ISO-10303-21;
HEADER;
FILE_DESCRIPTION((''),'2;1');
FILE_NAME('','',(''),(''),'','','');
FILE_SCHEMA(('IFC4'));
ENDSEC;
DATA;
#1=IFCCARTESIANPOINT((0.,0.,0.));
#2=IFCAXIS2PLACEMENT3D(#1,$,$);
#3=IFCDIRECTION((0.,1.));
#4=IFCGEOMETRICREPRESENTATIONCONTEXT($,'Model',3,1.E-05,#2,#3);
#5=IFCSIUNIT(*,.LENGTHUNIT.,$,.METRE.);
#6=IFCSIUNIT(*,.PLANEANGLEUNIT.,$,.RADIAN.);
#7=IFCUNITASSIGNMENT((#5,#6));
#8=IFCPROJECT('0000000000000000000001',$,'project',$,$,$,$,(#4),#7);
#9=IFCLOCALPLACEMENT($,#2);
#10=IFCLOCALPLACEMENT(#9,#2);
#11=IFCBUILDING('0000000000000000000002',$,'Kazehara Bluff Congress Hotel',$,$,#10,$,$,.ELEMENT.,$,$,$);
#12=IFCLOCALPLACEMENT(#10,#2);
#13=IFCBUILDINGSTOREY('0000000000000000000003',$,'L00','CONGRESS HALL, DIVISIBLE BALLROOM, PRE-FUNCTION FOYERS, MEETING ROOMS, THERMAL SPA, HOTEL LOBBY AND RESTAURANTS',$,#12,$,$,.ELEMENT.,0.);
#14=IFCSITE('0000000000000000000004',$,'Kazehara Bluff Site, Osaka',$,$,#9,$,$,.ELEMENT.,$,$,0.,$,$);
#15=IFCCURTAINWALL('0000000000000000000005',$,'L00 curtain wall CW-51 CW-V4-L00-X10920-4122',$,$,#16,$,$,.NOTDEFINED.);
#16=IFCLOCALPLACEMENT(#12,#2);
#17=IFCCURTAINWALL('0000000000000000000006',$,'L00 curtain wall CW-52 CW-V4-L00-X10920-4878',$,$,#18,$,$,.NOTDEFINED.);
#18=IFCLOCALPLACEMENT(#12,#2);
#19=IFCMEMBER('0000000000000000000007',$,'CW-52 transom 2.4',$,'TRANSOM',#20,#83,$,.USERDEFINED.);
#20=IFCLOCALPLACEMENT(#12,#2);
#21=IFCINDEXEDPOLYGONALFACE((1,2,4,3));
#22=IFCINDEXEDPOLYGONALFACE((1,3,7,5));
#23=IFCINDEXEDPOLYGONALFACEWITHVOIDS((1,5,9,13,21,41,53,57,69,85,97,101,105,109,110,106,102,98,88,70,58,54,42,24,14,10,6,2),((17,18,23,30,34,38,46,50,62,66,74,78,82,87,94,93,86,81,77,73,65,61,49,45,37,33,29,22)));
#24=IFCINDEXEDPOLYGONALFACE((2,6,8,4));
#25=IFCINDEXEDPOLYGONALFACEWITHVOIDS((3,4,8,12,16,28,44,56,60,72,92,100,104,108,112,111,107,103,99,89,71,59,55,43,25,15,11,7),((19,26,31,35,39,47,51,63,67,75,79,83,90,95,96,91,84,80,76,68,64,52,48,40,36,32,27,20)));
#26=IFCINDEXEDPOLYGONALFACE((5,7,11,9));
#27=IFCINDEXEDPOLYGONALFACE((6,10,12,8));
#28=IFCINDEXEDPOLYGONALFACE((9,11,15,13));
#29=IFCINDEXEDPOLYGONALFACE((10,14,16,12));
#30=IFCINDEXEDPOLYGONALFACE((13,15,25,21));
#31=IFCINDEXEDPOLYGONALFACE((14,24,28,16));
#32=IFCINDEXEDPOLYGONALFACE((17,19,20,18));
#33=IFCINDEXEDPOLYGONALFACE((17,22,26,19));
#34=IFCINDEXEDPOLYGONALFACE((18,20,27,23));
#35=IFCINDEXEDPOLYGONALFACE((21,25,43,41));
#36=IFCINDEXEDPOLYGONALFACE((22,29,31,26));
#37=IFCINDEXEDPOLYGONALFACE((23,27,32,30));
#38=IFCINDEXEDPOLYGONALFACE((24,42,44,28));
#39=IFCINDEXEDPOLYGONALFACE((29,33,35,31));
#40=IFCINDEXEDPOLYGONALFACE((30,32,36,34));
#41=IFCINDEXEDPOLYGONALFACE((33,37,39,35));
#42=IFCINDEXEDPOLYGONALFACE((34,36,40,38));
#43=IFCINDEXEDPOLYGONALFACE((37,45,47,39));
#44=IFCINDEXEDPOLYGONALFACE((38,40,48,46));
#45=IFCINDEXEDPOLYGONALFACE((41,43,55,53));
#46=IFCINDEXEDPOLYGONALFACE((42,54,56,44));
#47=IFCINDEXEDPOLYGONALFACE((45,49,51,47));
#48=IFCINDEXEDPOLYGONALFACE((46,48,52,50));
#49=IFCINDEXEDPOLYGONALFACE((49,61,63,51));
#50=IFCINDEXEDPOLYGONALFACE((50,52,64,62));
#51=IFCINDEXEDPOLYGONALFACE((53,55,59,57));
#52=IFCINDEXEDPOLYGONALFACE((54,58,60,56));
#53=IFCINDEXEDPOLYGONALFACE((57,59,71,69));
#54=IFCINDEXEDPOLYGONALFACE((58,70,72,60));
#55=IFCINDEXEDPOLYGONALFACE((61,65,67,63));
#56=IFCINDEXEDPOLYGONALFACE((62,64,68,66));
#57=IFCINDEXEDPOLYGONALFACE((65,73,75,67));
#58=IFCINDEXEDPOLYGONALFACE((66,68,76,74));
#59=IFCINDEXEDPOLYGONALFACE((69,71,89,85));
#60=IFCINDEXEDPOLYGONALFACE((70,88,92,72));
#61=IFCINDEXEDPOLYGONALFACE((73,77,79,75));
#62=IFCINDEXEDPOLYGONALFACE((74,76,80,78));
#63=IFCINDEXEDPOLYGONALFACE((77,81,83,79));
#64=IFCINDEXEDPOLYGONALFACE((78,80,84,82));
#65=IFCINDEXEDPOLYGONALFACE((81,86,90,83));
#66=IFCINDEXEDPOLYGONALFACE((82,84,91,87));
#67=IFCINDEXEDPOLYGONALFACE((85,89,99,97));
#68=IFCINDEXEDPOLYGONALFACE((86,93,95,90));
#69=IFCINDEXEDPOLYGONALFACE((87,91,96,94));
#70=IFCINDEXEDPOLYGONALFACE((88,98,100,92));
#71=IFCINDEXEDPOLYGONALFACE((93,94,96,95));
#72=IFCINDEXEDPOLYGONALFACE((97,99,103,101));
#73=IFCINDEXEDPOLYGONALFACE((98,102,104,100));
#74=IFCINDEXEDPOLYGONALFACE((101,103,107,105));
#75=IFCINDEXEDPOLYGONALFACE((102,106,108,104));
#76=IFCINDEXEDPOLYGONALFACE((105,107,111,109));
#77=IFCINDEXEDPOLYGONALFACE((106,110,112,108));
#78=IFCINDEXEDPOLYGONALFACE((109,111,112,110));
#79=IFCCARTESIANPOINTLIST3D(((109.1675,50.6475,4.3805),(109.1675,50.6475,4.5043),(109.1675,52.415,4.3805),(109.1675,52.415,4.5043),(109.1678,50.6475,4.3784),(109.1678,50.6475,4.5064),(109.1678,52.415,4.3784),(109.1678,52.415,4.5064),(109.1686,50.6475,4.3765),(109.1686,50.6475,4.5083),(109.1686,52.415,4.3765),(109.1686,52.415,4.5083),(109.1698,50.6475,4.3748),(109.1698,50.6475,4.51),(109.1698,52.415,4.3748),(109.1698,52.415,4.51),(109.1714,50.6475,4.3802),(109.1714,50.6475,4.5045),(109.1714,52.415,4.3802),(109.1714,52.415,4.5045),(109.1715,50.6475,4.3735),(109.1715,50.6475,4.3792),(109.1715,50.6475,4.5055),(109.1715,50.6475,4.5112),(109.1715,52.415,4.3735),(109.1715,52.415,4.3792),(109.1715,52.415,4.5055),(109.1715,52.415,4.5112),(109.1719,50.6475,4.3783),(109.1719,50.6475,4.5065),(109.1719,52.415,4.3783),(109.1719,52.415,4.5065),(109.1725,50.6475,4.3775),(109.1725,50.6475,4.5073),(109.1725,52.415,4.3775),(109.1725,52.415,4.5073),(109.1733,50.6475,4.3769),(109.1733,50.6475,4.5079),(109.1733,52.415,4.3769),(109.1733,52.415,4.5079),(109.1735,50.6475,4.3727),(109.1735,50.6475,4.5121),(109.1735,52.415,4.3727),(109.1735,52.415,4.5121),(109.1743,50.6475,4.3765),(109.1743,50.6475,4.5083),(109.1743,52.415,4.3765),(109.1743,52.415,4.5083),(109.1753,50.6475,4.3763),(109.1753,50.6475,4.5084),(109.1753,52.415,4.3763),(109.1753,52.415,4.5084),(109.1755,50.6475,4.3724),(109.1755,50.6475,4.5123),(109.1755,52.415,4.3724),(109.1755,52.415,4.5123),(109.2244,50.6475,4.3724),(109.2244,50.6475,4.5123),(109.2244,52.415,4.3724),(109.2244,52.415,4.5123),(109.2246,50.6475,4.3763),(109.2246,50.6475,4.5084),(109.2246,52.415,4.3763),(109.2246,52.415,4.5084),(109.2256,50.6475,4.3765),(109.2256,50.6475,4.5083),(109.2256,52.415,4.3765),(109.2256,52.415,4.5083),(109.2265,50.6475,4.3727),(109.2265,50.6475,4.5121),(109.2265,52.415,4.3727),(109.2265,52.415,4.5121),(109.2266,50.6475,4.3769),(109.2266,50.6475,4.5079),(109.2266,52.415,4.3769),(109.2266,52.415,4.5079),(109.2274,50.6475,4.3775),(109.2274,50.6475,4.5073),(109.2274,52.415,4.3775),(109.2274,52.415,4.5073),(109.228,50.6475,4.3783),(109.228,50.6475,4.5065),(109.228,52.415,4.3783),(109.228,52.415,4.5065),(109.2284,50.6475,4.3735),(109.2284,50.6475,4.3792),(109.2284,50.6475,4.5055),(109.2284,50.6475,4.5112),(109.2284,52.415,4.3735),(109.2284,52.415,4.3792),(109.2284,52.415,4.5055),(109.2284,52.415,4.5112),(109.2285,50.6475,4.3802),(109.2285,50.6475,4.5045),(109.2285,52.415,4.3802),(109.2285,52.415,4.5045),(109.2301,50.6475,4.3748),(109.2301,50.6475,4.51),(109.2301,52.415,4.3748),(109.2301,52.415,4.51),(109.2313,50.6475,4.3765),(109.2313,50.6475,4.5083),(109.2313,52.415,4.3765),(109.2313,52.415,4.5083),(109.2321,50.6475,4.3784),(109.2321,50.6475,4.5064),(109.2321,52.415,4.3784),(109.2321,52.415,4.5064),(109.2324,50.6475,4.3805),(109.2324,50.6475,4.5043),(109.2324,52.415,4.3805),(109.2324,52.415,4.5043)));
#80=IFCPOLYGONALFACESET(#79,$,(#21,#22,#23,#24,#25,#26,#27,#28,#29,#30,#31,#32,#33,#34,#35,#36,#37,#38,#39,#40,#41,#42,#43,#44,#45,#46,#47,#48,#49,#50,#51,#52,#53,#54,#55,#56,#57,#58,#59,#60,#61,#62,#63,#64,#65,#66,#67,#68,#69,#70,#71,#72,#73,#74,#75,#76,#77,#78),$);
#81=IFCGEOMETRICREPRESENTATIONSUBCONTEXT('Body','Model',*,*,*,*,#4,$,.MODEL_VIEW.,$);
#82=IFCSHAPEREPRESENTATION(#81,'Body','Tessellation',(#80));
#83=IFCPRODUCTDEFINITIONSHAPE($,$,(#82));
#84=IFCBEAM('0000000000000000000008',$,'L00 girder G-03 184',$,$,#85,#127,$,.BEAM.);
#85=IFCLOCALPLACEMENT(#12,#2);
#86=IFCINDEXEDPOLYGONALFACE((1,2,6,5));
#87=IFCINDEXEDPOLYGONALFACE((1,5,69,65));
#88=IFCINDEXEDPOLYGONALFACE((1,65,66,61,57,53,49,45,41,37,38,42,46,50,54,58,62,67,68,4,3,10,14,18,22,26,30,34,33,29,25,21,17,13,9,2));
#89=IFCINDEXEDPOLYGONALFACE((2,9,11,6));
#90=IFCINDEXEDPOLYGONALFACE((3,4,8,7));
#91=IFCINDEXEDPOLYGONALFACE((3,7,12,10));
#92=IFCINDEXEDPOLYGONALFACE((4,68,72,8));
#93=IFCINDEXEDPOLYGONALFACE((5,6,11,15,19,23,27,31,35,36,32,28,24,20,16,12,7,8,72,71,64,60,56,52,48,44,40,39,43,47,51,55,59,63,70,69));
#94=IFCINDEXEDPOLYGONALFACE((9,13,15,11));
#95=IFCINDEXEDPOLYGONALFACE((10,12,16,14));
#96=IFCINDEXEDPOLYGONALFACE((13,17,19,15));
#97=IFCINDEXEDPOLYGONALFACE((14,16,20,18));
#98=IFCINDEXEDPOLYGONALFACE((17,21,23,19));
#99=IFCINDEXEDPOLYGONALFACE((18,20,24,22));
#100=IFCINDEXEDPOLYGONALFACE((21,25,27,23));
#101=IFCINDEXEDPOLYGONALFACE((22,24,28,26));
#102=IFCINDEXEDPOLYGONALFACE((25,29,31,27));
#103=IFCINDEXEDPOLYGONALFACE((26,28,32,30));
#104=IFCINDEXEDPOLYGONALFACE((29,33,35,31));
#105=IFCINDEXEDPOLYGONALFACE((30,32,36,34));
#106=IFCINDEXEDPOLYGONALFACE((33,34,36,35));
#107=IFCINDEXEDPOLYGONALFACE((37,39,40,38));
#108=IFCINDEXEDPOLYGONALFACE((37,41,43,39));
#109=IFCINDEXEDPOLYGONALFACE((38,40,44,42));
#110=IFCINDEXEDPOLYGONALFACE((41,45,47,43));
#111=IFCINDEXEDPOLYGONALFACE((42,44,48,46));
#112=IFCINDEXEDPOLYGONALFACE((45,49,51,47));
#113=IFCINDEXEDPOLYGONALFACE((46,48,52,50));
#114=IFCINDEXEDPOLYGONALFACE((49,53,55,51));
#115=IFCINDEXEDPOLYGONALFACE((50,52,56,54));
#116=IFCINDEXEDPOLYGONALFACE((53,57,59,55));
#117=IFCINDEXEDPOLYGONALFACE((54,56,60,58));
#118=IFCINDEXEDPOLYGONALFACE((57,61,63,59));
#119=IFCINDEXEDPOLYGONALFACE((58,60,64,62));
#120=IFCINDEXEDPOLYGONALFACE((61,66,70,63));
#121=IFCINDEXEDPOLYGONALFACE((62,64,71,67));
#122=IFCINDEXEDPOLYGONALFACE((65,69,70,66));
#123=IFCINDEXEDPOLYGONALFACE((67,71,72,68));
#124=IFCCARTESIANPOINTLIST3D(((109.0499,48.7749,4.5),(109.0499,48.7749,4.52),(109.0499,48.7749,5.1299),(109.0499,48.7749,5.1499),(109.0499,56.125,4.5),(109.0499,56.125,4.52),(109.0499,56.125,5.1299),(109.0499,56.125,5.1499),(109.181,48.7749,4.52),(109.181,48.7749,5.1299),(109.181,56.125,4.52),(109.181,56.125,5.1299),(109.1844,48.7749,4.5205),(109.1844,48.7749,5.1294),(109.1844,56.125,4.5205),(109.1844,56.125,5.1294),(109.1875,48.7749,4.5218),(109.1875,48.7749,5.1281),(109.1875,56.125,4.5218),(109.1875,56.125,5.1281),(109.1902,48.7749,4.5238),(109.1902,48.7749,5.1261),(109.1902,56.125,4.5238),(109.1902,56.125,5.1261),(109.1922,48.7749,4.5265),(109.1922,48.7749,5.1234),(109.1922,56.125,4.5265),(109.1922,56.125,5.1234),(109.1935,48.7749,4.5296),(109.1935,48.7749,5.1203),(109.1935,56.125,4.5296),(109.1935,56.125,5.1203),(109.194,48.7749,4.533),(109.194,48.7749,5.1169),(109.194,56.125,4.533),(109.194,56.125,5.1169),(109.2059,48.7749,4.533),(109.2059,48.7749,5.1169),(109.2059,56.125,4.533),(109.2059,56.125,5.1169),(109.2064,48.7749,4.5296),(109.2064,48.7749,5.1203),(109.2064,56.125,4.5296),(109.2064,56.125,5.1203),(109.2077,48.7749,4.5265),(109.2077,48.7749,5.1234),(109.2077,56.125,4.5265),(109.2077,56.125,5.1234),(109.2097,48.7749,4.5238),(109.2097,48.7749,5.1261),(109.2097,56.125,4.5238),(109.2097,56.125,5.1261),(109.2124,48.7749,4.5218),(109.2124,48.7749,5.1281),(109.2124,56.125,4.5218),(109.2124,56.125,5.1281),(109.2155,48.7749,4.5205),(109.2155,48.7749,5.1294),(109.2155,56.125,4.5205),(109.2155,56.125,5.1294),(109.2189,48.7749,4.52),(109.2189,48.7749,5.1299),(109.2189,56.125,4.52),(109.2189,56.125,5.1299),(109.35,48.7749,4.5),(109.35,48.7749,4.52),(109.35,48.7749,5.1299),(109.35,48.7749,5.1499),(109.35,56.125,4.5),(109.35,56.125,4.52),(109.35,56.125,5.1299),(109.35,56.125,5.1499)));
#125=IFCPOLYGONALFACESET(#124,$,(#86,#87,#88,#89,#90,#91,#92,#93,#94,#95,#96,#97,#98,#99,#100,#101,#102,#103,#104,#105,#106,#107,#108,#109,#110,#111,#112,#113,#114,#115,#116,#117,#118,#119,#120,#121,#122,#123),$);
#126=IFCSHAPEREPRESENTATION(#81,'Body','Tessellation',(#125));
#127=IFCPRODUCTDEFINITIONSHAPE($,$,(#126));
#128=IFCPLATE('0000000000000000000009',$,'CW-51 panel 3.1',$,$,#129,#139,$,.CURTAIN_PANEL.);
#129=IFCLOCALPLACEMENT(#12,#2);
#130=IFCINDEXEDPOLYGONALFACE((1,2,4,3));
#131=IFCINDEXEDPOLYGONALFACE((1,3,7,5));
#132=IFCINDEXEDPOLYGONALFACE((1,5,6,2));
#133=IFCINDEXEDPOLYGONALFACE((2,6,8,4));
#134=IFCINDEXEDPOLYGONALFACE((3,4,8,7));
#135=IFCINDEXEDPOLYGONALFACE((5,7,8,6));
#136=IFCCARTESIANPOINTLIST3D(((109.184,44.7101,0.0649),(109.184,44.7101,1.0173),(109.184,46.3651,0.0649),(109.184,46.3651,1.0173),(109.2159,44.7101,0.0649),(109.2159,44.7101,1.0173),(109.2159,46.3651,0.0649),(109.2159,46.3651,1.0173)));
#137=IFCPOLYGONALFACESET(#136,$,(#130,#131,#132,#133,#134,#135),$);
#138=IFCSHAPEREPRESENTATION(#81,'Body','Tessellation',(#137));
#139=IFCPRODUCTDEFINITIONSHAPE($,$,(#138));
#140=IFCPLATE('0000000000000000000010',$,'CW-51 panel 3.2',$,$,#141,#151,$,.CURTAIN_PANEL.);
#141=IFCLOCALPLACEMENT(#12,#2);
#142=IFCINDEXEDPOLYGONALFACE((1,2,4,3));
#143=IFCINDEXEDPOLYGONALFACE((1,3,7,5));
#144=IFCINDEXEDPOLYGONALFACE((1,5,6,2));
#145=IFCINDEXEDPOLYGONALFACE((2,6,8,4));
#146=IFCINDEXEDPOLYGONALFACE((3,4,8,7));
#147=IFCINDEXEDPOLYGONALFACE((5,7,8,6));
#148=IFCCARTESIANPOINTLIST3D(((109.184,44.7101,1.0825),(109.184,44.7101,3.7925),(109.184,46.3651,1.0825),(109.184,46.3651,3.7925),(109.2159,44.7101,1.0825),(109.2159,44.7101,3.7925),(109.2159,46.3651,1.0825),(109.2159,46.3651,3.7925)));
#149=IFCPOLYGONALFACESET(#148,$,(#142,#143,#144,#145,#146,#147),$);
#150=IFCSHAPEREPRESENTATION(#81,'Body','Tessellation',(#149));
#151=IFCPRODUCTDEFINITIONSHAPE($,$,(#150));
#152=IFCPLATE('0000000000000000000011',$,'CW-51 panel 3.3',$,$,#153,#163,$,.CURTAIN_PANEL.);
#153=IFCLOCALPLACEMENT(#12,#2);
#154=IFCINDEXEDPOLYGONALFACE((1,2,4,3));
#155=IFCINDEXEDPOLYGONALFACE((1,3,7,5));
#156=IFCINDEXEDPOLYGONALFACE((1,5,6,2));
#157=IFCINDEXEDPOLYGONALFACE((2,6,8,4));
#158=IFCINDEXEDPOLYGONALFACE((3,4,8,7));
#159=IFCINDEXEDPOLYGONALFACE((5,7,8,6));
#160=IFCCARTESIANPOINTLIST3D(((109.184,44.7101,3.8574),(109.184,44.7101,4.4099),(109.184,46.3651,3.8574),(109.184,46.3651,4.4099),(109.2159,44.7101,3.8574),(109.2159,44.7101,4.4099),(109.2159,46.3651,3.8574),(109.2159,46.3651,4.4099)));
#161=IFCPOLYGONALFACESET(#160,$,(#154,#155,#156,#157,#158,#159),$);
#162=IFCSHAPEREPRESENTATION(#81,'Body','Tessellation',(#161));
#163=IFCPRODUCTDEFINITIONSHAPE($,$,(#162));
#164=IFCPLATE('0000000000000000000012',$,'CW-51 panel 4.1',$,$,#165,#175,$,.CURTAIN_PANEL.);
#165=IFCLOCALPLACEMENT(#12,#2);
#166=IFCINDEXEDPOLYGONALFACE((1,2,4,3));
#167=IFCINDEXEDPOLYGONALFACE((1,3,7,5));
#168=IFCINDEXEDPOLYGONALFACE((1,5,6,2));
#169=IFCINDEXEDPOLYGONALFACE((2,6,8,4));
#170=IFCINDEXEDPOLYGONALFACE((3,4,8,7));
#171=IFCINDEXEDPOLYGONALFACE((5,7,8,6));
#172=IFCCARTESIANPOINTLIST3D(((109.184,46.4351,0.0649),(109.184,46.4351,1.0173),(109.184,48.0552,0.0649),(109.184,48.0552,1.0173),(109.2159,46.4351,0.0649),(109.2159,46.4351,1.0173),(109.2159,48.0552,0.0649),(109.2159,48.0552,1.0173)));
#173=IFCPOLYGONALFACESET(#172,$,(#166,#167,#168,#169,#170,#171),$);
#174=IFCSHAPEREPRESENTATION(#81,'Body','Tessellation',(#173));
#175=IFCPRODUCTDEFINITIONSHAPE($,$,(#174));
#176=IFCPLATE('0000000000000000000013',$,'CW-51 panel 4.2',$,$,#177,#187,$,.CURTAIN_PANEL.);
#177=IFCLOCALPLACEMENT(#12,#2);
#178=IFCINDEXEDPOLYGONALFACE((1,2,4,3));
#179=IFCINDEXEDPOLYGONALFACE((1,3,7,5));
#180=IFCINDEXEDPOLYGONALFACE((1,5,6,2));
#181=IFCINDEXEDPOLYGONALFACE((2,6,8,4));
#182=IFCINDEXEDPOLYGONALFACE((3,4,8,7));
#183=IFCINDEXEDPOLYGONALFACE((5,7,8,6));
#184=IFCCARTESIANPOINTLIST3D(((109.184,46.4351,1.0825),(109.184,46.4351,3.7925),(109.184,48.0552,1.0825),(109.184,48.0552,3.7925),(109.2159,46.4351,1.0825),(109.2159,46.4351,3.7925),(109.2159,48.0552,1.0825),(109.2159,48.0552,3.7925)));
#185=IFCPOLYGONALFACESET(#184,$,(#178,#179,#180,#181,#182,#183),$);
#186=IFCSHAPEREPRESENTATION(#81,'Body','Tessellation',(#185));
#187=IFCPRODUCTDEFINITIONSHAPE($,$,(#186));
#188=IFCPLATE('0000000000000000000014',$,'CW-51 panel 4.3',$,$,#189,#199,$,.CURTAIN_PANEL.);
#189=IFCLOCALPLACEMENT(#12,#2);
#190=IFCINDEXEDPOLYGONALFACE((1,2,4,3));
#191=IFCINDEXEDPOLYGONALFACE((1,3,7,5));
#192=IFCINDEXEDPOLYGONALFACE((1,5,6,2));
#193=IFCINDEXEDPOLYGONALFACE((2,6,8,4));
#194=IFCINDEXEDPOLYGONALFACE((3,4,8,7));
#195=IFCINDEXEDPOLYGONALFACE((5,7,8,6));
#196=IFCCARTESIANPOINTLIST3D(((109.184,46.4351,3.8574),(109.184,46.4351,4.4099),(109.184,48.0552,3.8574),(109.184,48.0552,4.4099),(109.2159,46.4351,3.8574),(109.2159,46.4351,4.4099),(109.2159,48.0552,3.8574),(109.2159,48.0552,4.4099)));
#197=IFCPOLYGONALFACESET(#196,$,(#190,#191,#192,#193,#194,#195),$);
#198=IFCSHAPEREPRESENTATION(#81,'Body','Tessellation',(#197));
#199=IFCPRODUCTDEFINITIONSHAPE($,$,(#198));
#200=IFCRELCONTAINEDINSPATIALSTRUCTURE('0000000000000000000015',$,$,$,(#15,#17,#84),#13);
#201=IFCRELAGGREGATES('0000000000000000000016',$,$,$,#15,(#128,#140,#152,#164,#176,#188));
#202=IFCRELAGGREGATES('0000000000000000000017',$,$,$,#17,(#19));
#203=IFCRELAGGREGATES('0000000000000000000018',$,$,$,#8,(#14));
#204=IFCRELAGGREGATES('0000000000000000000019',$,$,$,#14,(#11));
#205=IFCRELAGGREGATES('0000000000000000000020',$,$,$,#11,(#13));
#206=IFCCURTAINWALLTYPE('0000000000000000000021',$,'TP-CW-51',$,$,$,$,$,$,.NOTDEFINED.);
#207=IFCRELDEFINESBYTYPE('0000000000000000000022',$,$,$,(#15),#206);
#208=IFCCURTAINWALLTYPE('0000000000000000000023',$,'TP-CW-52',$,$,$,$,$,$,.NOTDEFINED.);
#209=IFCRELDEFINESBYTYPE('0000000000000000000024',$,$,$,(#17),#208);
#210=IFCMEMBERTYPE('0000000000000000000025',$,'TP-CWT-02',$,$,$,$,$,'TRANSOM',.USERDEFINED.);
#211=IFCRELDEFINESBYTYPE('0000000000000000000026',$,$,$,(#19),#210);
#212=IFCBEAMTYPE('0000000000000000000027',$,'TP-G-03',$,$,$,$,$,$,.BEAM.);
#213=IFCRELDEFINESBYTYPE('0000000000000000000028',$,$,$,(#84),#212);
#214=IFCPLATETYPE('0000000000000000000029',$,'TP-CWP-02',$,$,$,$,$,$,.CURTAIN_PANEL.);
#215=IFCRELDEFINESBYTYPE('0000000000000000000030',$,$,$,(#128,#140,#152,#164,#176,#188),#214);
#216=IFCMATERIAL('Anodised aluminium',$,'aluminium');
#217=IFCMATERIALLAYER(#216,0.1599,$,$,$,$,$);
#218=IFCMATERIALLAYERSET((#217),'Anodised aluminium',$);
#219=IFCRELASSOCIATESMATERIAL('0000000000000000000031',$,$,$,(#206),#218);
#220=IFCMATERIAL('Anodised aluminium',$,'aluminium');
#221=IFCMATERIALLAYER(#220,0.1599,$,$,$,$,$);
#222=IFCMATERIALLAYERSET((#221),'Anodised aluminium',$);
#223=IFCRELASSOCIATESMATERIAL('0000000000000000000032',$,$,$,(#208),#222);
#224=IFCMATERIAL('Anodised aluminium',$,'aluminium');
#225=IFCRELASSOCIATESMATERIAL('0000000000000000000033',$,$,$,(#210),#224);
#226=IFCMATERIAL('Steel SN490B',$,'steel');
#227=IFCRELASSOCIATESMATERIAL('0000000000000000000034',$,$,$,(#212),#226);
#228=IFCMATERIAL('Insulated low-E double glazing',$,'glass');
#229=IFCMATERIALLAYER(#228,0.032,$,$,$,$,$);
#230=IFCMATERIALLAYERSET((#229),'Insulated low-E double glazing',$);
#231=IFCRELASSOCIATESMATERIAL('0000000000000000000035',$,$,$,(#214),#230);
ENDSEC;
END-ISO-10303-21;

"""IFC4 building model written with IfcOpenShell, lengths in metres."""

from ifc_helpers import new_model, si_unit, direction, frame, origin, origin_2d, place, context, subcontext, project, spatial, rectangle, hollow_rectangle, i_section, extrude, material, layer, layer_set, material_profile, profile_set, type_object, element, aggregate, save


model = new_model("IFC4")

# Units and contexts
model_context = context("Model", 3, precision=1e-05, world=origin(), true_north=direction((0.0, 1.0)))
body_context = subcontext(model_context, "Body", "Model", "MODEL_VIEW")
ifc_project = project(units=[si_unit("LENGTHUNIT", "METRE"), si_unit("PLANEANGLEUNIT", "RADIAN")], contexts=[model_context])

# Site, building, storey
site_placement = place(None, origin())
site = spatial("IfcSite", under=ifc_project, at=site_placement, Name="Kazehara Bluff Site, Osaka", CompositionType="ELEMENT", RefElevation=0.0)
building_placement = place(site_placement, origin())
building = spatial("IfcBuilding", under=site, at=building_placement, Name="Kazehara Bluff Congress Hotel", CompositionType="ELEMENT")
storey_placement = place(building_placement, origin())
storey = spatial("IfcBuildingStorey", under=building, at=storey_placement, Name="L00", Description="CONGRESS HALL, DIVISIBLE BALLROOM, PRE-FUNCTION FOYERS, MEETING ROOMS, THERMAL SPA, HOTEL LOBBY AND RESTAURANTS", CompositionType="ELEMENT", Elevation=0.0)

# Curtain walls
ifc_material_1 = material(Name="Anodised aluminium", Category="aluminium")
ifc_layer_1 = layer(ifc_material_1, 0.1599)
ifc_layer_set_1 = layer_set([ifc_layer_1], Name="Anodised aluminium")
curtain_wall_type_1 = type_object("IfcCurtainWallType", Name="TP-CW-51", PredefinedType="NOTDEFINED", material=ifc_layer_set_1)
curtain_wall_1_placement = place(storey_placement, origin())
curtain_wall_1 = element("IfcCurtainWall", 1, at=curtain_wall_1_placement, inside=storey, type_object=curtain_wall_type_1, Name="L00 curtain wall CW-51 CW-V4-L00-X10920-4122", PredefinedType="NOTDEFINED")
ifc_material_2 = material(Name="Anodised aluminium", Category="aluminium")
ifc_layer_2 = layer(ifc_material_2, 0.1599)
ifc_layer_set_2 = layer_set([ifc_layer_2], Name="Anodised aluminium")
curtain_wall_type_2 = type_object("IfcCurtainWallType", Name="TP-CW-52", PredefinedType="NOTDEFINED", material=ifc_layer_set_2)
curtain_wall_2_placement = place(storey_placement, origin())
curtain_wall_2 = element("IfcCurtainWall", 2, at=curtain_wall_2_placement, inside=storey, type_object=curtain_wall_type_2, Name="L00 curtain wall CW-52 CW-V4-L00-X10920-4878", PredefinedType="NOTDEFINED")

# Member
ifc_material_3 = material(Name="Anodised aluminium", Category="aluminium")
ifc_material_profile_1 = material_profile(ifc_material_3, hollow_rectangle(XDim=0.0649, YDim=0.1399, WallThickness=0.0039, InnerFilletRadius=0.0039, OuterFilletRadius=0.0081, at=origin_2d()))
ifc_profile_set_1 = profile_set([ifc_material_profile_1], Name="Anodised aluminium")
member_type_1 = type_object("IfcMemberType", Name="TP-CWT-02", ElementType="TRANSOM", PredefinedType="USERDEFINED", material=ifc_profile_set_1)
member_1_placement = place(storey_placement, frame((109.2, 50.6475, 4.4424), z_axis=(0.0, 1.0, 0.0), x_axis=(-1.0, 0.0, 0.0)))
member_1 = element("IfcMember", 3, at=member_1_placement, type_object=member_type_1, Name="CW-52 transom 2.4", ObjectType="TRANSOM", PredefinedType="USERDEFINED", context=body_context, shape_type="SweptSolid", body=[
    extrude(hollow_rectangle(XDim=0.0649, YDim=0.1399, WallThickness=0.0039, InnerFilletRadius=0.0039, OuterFilletRadius=0.0081, at=origin_2d()), origin(), (0.0, 0.0, 1.0), 1.7676),
])

# Beam
ifc_material_4 = material(Name="Steel SN490B", Category="steel")
ifc_material_profile_2 = material_profile(ifc_material_4, i_section(OverallWidth=0.3, OverallDepth=0.6499, WebThickness=0.012, FlangeThickness=0.02, FilletRadius=0.0129, at=origin_2d()))
ifc_profile_set_2 = profile_set([ifc_material_profile_2], Name="Steel SN490B")
beam_type = type_object("IfcBeamType", Name="TP-G-03", PredefinedType="BEAM", material=ifc_profile_set_2)
beam_placement = place(storey_placement, frame((109.2, 48.7749, 4.825), z_axis=(0.0, 1.0, 0.0), x_axis=(-1.0, 0.0, 0.0)))
element("IfcBeam", 4, at=beam_placement, inside=storey, type_object=beam_type, Name="L00 girder G-03 184", PredefinedType="BEAM", context=body_context, shape_type="SweptSolid", body=[
    extrude(i_section(OverallWidth=0.3, OverallDepth=0.6499, WebThickness=0.012, FlangeThickness=0.02, FilletRadius=0.0129, at=origin_2d()), origin(), (0.0, 0.0, 1.0), 7.3501),
])

# Plates
ifc_material_5 = material(Name="Insulated low-E double glazing", Category="glass")
ifc_layer_3 = layer(ifc_material_5, 0.032)
ifc_layer_set_3 = layer_set([ifc_layer_3], Name="Insulated low-E double glazing")
plate_type = type_object("IfcPlateType", Name="TP-CWP-02", PredefinedType="CURTAIN_PANEL", material=ifc_layer_set_3)
plate_1_placement = place(storey_placement, frame((109.2, 45.5376, 0.0649), z_axis=(0.0, 0.0, 1.0), x_axis=(0.0, 1.0, 0.0)))
plate_1 = element("IfcPlate", 5, at=plate_1_placement, type_object=plate_type, Name="CW-51 panel 3.1", PredefinedType="CURTAIN_PANEL", context=body_context, shape_type="SweptSolid", body=[
    extrude(rectangle(XDim=1.655, YDim=0.032, at=origin_2d()), origin(), (0.0, 0.0, 1.0), 0.9524),
])
plate_2_placement = place(storey_placement, frame((109.2, 45.5376, 1.0825), z_axis=(0.0, 0.0, 1.0), x_axis=(0.0, 1.0, 0.0)))
plate_2 = element("IfcPlate", 6, at=plate_2_placement, type_object=plate_type, Name="CW-51 panel 3.2", PredefinedType="CURTAIN_PANEL", context=body_context, shape_type="SweptSolid", body=[
    extrude(rectangle(XDim=1.655, YDim=0.032, at=origin_2d()), origin(), (0.0, 0.0, 1.0), 2.71),
])
plate_3_placement = place(storey_placement, frame((109.2, 45.5376, 3.8574), z_axis=(0.0, 0.0, 1.0), x_axis=(0.0, 1.0, 0.0)))
plate_3 = element("IfcPlate", 7, at=plate_3_placement, type_object=plate_type, Name="CW-51 panel 3.3", PredefinedType="CURTAIN_PANEL", context=body_context, shape_type="SweptSolid", body=[
    extrude(rectangle(XDim=1.655, YDim=0.032, at=origin_2d()), origin(), (0.0, 0.0, 1.0), 0.5525),
])
plate_4_placement = place(storey_placement, frame((109.2, 47.2451, 0.0649), z_axis=(0.0, 0.0, 1.0), x_axis=(0.0, 1.0, 0.0)))
plate_4 = element("IfcPlate", 8, at=plate_4_placement, type_object=plate_type, Name="CW-51 panel 4.1", PredefinedType="CURTAIN_PANEL", context=body_context, shape_type="SweptSolid", body=[
    extrude(rectangle(XDim=1.6201, YDim=0.032, at=origin_2d()), origin(), (0.0, 0.0, 1.0), 0.9524),
])
plate_5_placement = place(storey_placement, frame((109.2, 47.2451, 1.0825), z_axis=(0.0, 0.0, 1.0), x_axis=(0.0, 1.0, 0.0)))
plate_5 = element("IfcPlate", 9, at=plate_5_placement, type_object=plate_type, Name="CW-51 panel 4.2", PredefinedType="CURTAIN_PANEL", context=body_context, shape_type="SweptSolid", body=[
    extrude(rectangle(XDim=1.6201, YDim=0.032, at=origin_2d()), origin(), (0.0, 0.0, 1.0), 2.71),
])
plate_6_placement = place(storey_placement, frame((109.2, 47.2451, 3.8574), z_axis=(0.0, 0.0, 1.0), x_axis=(0.0, 1.0, 0.0)))
plate_6 = element("IfcPlate", 10, at=plate_6_placement, type_object=plate_type, Name="CW-51 panel 4.3", PredefinedType="CURTAIN_PANEL", context=body_context, shape_type="SweptSolid", body=[
    extrude(rectangle(XDim=1.6201, YDim=0.032, at=origin_2d()), origin(), (0.0, 0.0, 1.0), 0.5525),
])
aggregate(curtain_wall_1, [plate_1, plate_2, plate_3, plate_4, plate_5, plate_6])
aggregate(curtain_wall_2, [member_1])

save(model, "model.ifc")
